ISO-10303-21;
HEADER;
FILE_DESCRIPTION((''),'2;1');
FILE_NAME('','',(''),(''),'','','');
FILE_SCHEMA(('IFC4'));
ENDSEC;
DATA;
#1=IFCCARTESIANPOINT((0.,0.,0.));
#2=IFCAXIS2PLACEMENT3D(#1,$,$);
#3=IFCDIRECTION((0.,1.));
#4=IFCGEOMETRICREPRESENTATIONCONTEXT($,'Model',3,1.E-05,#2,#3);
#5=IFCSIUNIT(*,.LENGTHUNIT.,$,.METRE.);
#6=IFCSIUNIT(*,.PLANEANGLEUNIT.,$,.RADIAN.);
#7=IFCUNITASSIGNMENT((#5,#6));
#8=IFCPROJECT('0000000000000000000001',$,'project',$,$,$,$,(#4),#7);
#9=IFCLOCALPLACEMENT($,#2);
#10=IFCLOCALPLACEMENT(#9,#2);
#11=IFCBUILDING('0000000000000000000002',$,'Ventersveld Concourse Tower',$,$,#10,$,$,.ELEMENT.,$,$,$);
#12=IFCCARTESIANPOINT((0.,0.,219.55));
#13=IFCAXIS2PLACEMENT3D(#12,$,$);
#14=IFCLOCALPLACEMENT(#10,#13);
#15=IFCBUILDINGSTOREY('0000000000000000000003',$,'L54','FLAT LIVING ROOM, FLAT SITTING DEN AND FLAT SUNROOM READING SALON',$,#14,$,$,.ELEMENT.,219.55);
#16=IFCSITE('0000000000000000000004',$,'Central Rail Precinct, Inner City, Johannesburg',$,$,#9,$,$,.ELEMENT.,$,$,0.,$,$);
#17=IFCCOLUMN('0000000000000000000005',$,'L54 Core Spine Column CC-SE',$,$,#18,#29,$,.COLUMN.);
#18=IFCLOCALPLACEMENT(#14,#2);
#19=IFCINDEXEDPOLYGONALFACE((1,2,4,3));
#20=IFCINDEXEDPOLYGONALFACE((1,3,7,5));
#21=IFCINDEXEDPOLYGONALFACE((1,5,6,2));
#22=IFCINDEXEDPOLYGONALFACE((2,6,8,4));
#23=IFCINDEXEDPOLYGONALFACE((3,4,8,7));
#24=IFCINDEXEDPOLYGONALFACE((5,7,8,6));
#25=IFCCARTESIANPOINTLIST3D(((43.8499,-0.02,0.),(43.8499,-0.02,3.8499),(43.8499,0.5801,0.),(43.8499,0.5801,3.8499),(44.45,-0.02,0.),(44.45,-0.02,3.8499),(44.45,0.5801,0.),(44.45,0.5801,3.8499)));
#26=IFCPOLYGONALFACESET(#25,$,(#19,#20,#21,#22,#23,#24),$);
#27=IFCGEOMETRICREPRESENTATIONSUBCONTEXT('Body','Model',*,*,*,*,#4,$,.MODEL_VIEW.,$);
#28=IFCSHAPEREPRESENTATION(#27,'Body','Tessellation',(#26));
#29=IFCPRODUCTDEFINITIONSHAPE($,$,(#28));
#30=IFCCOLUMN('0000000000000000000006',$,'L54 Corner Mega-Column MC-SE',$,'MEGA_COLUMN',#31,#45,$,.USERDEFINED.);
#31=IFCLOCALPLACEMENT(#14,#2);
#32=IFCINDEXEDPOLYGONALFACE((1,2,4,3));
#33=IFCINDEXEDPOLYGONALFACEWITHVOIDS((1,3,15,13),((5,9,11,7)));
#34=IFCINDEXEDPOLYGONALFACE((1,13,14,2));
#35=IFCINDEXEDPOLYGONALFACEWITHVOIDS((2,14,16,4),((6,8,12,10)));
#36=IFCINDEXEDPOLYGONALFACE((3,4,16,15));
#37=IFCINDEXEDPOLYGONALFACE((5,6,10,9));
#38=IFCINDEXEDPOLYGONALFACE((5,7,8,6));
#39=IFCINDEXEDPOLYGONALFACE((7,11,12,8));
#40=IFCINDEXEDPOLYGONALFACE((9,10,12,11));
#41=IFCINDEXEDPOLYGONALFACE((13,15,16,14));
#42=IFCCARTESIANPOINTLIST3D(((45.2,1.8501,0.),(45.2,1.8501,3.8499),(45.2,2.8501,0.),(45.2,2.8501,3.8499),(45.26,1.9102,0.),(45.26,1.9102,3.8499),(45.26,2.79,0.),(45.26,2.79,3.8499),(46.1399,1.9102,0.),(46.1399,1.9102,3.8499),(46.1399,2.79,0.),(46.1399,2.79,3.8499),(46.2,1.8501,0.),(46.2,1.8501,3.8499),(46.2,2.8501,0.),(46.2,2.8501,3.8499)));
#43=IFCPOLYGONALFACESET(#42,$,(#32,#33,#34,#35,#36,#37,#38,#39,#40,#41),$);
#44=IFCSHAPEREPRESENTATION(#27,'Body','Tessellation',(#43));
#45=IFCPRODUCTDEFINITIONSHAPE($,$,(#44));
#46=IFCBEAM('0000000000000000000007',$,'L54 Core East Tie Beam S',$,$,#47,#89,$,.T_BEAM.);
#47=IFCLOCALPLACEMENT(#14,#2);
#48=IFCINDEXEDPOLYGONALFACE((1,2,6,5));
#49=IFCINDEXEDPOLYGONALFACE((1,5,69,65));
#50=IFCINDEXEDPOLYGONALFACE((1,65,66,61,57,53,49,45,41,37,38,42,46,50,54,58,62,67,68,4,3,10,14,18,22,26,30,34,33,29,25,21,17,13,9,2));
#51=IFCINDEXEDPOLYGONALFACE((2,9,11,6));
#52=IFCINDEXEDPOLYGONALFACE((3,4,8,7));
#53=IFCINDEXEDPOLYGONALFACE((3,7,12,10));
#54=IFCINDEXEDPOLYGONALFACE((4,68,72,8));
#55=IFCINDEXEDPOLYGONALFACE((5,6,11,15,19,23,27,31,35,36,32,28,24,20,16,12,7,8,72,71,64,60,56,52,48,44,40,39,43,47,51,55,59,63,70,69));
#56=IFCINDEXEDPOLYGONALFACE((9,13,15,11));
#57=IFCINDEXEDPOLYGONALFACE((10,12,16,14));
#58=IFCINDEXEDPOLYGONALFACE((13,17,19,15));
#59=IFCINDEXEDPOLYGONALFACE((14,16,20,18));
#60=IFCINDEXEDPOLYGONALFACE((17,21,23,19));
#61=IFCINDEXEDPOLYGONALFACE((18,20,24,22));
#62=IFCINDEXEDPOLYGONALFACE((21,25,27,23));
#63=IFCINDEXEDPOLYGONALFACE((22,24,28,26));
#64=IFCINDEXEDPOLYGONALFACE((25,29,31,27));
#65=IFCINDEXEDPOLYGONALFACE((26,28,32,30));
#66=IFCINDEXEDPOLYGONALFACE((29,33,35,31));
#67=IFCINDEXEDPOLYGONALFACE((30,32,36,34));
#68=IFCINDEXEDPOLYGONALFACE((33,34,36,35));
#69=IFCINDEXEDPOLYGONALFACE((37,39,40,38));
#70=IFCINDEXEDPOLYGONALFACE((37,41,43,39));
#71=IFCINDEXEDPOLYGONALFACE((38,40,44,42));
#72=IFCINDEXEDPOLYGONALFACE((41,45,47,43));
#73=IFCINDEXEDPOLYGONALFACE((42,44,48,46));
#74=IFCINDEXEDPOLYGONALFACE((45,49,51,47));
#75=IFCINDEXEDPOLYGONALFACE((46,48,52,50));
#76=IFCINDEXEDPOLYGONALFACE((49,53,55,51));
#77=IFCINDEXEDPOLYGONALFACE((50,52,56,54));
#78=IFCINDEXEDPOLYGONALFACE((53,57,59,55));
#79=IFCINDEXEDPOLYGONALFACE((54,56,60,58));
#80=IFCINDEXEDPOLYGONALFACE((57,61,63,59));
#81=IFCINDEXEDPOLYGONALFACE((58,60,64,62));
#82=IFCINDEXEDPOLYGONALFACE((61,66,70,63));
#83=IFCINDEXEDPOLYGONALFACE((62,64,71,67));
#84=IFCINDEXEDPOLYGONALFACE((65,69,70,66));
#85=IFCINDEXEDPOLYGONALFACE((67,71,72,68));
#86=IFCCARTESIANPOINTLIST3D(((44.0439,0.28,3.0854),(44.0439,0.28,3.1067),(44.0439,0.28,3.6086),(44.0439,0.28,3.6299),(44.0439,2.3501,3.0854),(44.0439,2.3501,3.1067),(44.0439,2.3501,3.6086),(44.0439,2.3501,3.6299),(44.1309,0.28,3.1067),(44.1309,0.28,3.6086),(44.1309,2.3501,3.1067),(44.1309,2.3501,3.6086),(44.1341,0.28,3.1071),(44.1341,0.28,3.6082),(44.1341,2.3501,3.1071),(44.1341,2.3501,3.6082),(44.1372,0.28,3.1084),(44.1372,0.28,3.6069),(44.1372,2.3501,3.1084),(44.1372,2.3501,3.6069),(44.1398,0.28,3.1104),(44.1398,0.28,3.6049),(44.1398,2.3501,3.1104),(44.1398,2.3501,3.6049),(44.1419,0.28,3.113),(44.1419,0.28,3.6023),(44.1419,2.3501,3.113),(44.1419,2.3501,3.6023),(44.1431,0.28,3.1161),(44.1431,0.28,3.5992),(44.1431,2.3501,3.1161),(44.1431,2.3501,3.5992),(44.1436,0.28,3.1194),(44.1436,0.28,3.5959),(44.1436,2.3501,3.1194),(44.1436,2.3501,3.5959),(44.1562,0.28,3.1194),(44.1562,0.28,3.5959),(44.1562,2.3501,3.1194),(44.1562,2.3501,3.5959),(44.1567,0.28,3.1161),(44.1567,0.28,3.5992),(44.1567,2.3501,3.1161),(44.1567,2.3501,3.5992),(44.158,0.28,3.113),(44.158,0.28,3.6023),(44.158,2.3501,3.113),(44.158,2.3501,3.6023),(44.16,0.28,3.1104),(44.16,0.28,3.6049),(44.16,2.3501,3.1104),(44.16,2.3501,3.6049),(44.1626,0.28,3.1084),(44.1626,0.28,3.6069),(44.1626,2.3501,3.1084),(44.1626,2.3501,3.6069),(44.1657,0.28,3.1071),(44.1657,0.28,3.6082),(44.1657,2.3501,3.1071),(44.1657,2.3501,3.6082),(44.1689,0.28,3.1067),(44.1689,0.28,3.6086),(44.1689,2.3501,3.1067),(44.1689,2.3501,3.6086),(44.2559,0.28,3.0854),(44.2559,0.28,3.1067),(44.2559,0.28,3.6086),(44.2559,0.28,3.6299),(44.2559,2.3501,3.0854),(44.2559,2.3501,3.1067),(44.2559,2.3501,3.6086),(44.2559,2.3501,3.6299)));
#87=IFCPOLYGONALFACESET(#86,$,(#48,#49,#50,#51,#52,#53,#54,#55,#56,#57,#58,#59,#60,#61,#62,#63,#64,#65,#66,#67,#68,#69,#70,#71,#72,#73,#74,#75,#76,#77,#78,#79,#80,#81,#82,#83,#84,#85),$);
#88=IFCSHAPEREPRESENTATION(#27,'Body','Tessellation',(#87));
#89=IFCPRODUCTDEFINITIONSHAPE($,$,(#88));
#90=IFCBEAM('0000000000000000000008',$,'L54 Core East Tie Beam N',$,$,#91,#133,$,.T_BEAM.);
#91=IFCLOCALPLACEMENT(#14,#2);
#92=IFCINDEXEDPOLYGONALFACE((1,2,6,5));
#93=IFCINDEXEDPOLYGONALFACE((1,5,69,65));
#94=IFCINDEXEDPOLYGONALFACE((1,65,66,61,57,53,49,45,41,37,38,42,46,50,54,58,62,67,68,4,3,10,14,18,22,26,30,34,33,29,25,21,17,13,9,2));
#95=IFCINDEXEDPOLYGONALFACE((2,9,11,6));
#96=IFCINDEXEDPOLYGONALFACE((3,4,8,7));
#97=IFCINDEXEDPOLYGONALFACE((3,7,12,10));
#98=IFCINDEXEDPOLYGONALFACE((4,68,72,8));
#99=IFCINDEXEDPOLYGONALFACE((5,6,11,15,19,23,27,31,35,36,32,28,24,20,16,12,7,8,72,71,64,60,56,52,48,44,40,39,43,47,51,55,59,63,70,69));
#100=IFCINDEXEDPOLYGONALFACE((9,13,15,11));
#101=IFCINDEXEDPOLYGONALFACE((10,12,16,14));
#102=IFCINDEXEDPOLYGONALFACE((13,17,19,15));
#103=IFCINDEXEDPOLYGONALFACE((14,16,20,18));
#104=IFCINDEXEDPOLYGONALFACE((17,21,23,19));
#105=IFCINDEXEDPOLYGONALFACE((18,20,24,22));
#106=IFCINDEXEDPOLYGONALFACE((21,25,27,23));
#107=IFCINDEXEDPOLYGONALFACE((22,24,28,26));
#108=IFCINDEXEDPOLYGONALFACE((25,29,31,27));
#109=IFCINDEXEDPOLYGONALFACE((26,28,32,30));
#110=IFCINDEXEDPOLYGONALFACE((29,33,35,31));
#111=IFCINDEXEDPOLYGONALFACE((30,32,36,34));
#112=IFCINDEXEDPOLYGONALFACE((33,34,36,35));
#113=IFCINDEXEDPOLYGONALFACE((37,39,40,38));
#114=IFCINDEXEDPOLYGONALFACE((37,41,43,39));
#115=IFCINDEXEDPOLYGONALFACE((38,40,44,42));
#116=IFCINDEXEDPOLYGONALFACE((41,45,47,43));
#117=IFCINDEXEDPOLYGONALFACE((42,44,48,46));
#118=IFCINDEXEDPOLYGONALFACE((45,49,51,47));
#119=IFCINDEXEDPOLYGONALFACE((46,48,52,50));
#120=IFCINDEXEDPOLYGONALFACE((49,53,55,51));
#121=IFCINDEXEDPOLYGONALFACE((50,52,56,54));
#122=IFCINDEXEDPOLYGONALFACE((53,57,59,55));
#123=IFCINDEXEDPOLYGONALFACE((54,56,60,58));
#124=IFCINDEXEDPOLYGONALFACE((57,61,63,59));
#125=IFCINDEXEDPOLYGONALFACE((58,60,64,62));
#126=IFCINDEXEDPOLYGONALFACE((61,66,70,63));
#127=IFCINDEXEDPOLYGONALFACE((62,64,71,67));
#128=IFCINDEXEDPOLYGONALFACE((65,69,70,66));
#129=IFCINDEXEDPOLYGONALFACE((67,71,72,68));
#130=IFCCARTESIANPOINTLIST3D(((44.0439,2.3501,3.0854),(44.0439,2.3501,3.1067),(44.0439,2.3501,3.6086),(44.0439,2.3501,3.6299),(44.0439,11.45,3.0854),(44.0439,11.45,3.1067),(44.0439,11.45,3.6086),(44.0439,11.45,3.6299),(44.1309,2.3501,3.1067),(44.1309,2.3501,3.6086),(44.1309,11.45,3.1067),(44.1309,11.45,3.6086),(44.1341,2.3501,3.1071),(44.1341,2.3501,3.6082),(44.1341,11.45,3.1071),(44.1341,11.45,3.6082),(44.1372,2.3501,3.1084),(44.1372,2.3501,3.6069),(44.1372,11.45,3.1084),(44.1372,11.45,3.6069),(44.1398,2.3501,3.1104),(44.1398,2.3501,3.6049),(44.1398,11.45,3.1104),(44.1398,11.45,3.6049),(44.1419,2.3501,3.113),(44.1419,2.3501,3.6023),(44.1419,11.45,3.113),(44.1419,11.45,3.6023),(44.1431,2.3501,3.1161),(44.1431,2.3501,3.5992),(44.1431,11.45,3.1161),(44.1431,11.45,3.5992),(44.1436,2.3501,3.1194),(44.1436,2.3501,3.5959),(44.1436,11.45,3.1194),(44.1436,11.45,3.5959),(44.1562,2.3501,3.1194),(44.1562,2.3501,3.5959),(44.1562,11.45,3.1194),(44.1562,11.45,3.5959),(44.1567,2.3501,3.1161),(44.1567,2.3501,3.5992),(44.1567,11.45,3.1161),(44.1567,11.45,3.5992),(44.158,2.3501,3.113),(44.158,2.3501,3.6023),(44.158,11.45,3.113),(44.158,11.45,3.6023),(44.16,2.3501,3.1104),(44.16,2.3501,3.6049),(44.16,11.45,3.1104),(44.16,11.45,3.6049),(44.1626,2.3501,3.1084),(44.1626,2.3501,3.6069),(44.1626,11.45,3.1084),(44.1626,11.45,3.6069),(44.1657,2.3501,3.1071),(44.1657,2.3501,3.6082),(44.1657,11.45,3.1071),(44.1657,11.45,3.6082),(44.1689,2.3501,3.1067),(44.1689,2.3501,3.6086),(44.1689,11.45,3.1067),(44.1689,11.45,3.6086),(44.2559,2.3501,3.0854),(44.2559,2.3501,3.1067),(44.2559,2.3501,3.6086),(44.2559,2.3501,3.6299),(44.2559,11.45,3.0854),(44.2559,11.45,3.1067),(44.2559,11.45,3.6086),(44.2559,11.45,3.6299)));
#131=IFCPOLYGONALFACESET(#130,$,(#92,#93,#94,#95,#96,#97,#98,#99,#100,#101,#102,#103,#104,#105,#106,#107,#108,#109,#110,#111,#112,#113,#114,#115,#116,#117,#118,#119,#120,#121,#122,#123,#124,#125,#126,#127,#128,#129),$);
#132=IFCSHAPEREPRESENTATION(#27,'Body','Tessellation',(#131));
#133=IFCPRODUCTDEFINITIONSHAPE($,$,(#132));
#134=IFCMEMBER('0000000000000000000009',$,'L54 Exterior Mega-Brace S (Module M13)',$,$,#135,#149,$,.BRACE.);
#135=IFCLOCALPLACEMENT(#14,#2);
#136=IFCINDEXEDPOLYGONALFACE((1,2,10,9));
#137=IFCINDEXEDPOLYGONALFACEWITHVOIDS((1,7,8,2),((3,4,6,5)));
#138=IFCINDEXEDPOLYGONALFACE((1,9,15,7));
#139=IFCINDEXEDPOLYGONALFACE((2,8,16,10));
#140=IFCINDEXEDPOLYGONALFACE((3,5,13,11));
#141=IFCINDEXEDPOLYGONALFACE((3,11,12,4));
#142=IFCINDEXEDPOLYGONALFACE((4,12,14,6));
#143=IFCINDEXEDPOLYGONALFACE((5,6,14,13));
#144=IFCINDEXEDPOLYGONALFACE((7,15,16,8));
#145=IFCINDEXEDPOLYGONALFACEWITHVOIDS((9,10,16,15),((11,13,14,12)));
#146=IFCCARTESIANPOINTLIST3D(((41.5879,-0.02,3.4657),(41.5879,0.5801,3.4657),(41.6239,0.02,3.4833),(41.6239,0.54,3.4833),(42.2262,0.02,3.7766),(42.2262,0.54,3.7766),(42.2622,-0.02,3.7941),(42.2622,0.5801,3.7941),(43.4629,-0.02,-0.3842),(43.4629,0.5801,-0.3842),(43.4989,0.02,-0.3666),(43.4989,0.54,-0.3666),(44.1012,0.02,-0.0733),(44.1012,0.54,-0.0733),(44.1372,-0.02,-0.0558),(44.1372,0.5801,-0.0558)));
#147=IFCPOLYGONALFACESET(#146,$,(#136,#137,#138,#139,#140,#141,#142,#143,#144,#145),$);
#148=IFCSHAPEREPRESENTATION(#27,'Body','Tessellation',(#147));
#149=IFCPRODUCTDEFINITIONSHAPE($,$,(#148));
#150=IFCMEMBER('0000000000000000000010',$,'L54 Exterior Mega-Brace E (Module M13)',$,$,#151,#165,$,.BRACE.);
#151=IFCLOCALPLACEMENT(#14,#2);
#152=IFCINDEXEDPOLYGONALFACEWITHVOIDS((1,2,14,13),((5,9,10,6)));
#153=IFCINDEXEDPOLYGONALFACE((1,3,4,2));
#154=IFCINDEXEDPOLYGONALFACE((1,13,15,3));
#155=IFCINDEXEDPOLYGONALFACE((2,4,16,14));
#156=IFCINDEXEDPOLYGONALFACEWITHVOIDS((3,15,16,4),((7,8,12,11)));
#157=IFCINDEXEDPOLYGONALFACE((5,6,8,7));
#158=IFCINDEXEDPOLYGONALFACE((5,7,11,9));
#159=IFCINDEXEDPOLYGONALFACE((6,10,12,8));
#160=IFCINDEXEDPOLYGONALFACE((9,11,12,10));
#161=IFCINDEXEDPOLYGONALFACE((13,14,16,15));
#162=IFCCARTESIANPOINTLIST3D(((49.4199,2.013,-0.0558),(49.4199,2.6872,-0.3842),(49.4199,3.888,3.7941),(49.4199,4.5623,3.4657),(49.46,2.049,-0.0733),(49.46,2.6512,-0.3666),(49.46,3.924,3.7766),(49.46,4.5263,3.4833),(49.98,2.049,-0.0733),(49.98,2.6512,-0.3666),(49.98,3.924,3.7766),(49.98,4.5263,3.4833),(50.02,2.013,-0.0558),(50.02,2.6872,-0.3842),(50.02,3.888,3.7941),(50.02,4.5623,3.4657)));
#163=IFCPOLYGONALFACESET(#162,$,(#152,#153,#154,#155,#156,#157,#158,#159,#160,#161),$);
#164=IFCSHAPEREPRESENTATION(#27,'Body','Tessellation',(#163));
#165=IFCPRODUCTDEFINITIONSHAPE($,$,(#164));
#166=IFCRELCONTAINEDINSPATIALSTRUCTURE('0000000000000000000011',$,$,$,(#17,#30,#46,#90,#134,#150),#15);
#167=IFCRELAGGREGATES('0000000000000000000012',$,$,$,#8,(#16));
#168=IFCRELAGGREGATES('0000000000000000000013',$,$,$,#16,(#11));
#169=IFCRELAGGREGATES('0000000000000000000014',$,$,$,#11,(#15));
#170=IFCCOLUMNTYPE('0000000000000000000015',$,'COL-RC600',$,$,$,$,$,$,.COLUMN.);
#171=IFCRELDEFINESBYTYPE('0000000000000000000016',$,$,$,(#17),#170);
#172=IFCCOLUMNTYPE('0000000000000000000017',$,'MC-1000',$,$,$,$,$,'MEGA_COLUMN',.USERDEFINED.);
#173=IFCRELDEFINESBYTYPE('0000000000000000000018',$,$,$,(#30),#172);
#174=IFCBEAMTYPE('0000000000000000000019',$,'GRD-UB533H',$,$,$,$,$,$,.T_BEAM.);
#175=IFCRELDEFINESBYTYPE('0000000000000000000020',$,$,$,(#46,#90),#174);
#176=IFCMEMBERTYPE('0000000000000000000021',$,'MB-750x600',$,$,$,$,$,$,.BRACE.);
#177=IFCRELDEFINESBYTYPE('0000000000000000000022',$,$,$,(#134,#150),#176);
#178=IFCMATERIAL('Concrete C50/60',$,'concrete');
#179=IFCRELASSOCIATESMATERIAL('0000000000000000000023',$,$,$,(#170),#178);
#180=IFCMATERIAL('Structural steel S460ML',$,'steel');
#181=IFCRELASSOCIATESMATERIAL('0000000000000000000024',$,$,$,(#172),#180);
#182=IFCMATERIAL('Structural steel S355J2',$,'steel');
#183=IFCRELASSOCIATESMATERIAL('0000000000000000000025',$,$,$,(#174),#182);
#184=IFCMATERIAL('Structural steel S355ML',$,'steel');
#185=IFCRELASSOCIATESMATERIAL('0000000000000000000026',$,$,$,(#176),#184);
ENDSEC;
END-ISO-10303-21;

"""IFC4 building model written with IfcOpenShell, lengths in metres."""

from ifc_helpers import new_model, si_unit, direction, frame, origin, origin_2d, place, context, subcontext, project, spatial, rectangle, hollow_rectangle, i_section, extrude, material, material_profile, profile_set, type_object, element, save


model = new_model("IFC4")

# Units and contexts
model_context = context("Model", 3, precision=1e-05, world=origin(), true_north=direction((0.0, 1.0)))
body_context = subcontext(model_context, "Body", "Model", "MODEL_VIEW")
ifc_project = project(units=[si_unit("LENGTHUNIT", "METRE"), si_unit("PLANEANGLEUNIT", "RADIAN")], contexts=[model_context])

# Site, building, storey
site_placement = place(None, origin())
site = spatial("IfcSite", under=ifc_project, at=site_placement, Name="Central Rail Precinct, Inner City, Johannesburg", CompositionType="ELEMENT", RefElevation=0.0)
building_placement = place(site_placement, origin())
building = spatial("IfcBuilding", under=site, at=building_placement, Name="Ventersveld Concourse Tower", CompositionType="ELEMENT")
storey_placement = place(building_placement, frame((0.0, 0.0, 219.55)))
storey = spatial("IfcBuildingStorey", under=building, at=storey_placement, Name="L54", Description="FLAT LIVING ROOM, FLAT SITTING DEN AND FLAT SUNROOM READING SALON", CompositionType="ELEMENT", Elevation=219.55)

# Columns
ifc_material_1 = material(Name="Concrete C50/60", Category="concrete")
ifc_material_profile_1 = material_profile(ifc_material_1, rectangle(XDim=0.6001, YDim=0.6001, at=origin_2d()), Name="RC 600x600")
ifc_profile_set_1 = profile_set([ifc_material_profile_1], Name="Concrete C50/60")
column_type_1 = type_object("IfcColumnType", Name="COL-RC600", PredefinedType="COLUMN", material=ifc_profile_set_1)
column_1_placement = place(storey_placement, frame((44.1499, 0.28, 0.0), z_axis=(0.0, 0.0, 1.0), x_axis=(1.0, 0.0, 0.0)))
element("IfcColumn", 1, at=column_1_placement, inside=storey, type_object=column_type_1, Name="L54 Core Spine Column CC-SE", PredefinedType="COLUMN", context=body_context, shape_type="SweptSolid", body=[
    extrude(rectangle(XDim=0.6001, YDim=0.6001, at=origin_2d()), origin(), (0.0, 0.0, 1.0), 3.8499),
])
ifc_material_2 = material(Name="Structural steel S460ML", Category="steel")
ifc_material_profile_2 = material_profile(ifc_material_2, hollow_rectangle(XDim=1.0, YDim=1.0, WallThickness=0.0601, at=origin_2d()), Name="BOX 1000x1000x60")
ifc_profile_set_2 = profile_set([ifc_material_profile_2], Name="Structural steel S460ML")
column_type_2 = type_object("IfcColumnType", Name="MC-1000", ElementType="MEGA_COLUMN", PredefinedType="USERDEFINED", material=ifc_profile_set_2)
column_2_placement = place(storey_placement, frame((45.7, 2.3501, 0.0), z_axis=(0.0, 0.0, 1.0), x_axis=(1.0, 0.0, 0.0)))
element("IfcColumn", 2, at=column_2_placement, inside=storey, type_object=column_type_2, Name="L54 Corner Mega-Column MC-SE", ObjectType="MEGA_COLUMN", PredefinedType="USERDEFINED", context=body_context, shape_type="SweptSolid", body=[
    extrude(hollow_rectangle(XDim=1.0, YDim=1.0, WallThickness=0.0601, at=origin_2d()), origin(), (0.0, 0.0, 1.0), 3.8499),
])

# Beams
ifc_material_3 = material(Name="Structural steel S355J2", Category="steel")
ifc_material_profile_3 = material_profile(ifc_material_3, i_section(OverallWidth=0.2119, OverallDepth=0.5444, WebThickness=0.0127, FlangeThickness=0.0212, FilletRadius=0.0127, at=origin_2d()), Name="UB 533x210x122")
ifc_profile_set_3 = profile_set([ifc_material_profile_3], Name="Structural steel S355J2")
beam_type_1 = type_object("IfcBeamType", Name="GRD-UB533H", PredefinedType="T_BEAM", material=ifc_profile_set_3)
beam_1_placement = place(storey_placement, frame((44.1499, 0.28, 3.3577), z_axis=(0.0, 1.0, 0.0), x_axis=(-1.0, 0.0, 0.0)))
element("IfcBeam", 3, at=beam_1_placement, inside=storey, type_object=beam_type_1, Name="L54 Core East Tie Beam S", PredefinedType="T_BEAM", context=body_context, shape_type="SweptSolid", body=[
    extrude(i_section(OverallWidth=0.2119, OverallDepth=0.5444, WebThickness=0.0127, FlangeThickness=0.0212, FilletRadius=0.0127, at=origin_2d()), origin(), (0.0, 0.0, 1.0), 2.0701),
])
beam_2_placement = place(storey_placement, frame((44.1499, 2.3501, 3.3577), z_axis=(0.0, 1.0, 0.0), x_axis=(-1.0, 0.0, 0.0)))
element("IfcBeam", 4, at=beam_2_placement, inside=storey, type_object=beam_type_1, Name="L54 Core East Tie Beam N", PredefinedType="T_BEAM", context=body_context, shape_type="SweptSolid", body=[
    extrude(i_section(OverallWidth=0.2119, OverallDepth=0.5444, WebThickness=0.0127, FlangeThickness=0.0212, FilletRadius=0.0127, at=origin_2d()), origin(), (0.0, 0.0, 1.0), 9.0999),
])

# Members
ifc_material_4 = material(Name="Structural steel S355ML", Category="steel")
ifc_material_profile_4 = material_profile(ifc_material_4, hollow_rectangle(XDim=0.6001, YDim=0.75, WallThickness=0.04, at=origin_2d()), Name="BOX 750x600x40")
ifc_profile_set_4 = profile_set([ifc_material_profile_4], Name="Structural steel S355ML")
member_type = type_object("IfcMemberType", Name="MB-750x600", PredefinedType="BRACE", material=ifc_profile_set_4)
for number, where, z_axis, x_axis, name in (
    (5, (43.8, 0.28, -0.22), (-0.437862, 0.0, 0.899042), (0.0, -1.0, 0.0), "L54 Exterior Mega-Brace S (Module M13)"),
    (6, (49.72, 2.3501, -0.22), (0.0, 0.437862, 0.899042), (-1.0, 0.0, 0.0), "L54 Exterior Mega-Brace E (Module M13)"),
):
    element("IfcMember", number, at=place(storey_placement, frame(where, z_axis=z_axis, x_axis=x_axis)), inside=storey, type_object=member_type, Name=name, PredefinedType="BRACE", context=body_context, shape_type="SweptSolid", body=[
        extrude(hollow_rectangle(XDim=0.6001, YDim=0.75, WallThickness=0.04, at=origin_2d()), origin(), (0.0, 0.0, 1.0), 4.2822),
    ])

save(model, "model.ifc")
